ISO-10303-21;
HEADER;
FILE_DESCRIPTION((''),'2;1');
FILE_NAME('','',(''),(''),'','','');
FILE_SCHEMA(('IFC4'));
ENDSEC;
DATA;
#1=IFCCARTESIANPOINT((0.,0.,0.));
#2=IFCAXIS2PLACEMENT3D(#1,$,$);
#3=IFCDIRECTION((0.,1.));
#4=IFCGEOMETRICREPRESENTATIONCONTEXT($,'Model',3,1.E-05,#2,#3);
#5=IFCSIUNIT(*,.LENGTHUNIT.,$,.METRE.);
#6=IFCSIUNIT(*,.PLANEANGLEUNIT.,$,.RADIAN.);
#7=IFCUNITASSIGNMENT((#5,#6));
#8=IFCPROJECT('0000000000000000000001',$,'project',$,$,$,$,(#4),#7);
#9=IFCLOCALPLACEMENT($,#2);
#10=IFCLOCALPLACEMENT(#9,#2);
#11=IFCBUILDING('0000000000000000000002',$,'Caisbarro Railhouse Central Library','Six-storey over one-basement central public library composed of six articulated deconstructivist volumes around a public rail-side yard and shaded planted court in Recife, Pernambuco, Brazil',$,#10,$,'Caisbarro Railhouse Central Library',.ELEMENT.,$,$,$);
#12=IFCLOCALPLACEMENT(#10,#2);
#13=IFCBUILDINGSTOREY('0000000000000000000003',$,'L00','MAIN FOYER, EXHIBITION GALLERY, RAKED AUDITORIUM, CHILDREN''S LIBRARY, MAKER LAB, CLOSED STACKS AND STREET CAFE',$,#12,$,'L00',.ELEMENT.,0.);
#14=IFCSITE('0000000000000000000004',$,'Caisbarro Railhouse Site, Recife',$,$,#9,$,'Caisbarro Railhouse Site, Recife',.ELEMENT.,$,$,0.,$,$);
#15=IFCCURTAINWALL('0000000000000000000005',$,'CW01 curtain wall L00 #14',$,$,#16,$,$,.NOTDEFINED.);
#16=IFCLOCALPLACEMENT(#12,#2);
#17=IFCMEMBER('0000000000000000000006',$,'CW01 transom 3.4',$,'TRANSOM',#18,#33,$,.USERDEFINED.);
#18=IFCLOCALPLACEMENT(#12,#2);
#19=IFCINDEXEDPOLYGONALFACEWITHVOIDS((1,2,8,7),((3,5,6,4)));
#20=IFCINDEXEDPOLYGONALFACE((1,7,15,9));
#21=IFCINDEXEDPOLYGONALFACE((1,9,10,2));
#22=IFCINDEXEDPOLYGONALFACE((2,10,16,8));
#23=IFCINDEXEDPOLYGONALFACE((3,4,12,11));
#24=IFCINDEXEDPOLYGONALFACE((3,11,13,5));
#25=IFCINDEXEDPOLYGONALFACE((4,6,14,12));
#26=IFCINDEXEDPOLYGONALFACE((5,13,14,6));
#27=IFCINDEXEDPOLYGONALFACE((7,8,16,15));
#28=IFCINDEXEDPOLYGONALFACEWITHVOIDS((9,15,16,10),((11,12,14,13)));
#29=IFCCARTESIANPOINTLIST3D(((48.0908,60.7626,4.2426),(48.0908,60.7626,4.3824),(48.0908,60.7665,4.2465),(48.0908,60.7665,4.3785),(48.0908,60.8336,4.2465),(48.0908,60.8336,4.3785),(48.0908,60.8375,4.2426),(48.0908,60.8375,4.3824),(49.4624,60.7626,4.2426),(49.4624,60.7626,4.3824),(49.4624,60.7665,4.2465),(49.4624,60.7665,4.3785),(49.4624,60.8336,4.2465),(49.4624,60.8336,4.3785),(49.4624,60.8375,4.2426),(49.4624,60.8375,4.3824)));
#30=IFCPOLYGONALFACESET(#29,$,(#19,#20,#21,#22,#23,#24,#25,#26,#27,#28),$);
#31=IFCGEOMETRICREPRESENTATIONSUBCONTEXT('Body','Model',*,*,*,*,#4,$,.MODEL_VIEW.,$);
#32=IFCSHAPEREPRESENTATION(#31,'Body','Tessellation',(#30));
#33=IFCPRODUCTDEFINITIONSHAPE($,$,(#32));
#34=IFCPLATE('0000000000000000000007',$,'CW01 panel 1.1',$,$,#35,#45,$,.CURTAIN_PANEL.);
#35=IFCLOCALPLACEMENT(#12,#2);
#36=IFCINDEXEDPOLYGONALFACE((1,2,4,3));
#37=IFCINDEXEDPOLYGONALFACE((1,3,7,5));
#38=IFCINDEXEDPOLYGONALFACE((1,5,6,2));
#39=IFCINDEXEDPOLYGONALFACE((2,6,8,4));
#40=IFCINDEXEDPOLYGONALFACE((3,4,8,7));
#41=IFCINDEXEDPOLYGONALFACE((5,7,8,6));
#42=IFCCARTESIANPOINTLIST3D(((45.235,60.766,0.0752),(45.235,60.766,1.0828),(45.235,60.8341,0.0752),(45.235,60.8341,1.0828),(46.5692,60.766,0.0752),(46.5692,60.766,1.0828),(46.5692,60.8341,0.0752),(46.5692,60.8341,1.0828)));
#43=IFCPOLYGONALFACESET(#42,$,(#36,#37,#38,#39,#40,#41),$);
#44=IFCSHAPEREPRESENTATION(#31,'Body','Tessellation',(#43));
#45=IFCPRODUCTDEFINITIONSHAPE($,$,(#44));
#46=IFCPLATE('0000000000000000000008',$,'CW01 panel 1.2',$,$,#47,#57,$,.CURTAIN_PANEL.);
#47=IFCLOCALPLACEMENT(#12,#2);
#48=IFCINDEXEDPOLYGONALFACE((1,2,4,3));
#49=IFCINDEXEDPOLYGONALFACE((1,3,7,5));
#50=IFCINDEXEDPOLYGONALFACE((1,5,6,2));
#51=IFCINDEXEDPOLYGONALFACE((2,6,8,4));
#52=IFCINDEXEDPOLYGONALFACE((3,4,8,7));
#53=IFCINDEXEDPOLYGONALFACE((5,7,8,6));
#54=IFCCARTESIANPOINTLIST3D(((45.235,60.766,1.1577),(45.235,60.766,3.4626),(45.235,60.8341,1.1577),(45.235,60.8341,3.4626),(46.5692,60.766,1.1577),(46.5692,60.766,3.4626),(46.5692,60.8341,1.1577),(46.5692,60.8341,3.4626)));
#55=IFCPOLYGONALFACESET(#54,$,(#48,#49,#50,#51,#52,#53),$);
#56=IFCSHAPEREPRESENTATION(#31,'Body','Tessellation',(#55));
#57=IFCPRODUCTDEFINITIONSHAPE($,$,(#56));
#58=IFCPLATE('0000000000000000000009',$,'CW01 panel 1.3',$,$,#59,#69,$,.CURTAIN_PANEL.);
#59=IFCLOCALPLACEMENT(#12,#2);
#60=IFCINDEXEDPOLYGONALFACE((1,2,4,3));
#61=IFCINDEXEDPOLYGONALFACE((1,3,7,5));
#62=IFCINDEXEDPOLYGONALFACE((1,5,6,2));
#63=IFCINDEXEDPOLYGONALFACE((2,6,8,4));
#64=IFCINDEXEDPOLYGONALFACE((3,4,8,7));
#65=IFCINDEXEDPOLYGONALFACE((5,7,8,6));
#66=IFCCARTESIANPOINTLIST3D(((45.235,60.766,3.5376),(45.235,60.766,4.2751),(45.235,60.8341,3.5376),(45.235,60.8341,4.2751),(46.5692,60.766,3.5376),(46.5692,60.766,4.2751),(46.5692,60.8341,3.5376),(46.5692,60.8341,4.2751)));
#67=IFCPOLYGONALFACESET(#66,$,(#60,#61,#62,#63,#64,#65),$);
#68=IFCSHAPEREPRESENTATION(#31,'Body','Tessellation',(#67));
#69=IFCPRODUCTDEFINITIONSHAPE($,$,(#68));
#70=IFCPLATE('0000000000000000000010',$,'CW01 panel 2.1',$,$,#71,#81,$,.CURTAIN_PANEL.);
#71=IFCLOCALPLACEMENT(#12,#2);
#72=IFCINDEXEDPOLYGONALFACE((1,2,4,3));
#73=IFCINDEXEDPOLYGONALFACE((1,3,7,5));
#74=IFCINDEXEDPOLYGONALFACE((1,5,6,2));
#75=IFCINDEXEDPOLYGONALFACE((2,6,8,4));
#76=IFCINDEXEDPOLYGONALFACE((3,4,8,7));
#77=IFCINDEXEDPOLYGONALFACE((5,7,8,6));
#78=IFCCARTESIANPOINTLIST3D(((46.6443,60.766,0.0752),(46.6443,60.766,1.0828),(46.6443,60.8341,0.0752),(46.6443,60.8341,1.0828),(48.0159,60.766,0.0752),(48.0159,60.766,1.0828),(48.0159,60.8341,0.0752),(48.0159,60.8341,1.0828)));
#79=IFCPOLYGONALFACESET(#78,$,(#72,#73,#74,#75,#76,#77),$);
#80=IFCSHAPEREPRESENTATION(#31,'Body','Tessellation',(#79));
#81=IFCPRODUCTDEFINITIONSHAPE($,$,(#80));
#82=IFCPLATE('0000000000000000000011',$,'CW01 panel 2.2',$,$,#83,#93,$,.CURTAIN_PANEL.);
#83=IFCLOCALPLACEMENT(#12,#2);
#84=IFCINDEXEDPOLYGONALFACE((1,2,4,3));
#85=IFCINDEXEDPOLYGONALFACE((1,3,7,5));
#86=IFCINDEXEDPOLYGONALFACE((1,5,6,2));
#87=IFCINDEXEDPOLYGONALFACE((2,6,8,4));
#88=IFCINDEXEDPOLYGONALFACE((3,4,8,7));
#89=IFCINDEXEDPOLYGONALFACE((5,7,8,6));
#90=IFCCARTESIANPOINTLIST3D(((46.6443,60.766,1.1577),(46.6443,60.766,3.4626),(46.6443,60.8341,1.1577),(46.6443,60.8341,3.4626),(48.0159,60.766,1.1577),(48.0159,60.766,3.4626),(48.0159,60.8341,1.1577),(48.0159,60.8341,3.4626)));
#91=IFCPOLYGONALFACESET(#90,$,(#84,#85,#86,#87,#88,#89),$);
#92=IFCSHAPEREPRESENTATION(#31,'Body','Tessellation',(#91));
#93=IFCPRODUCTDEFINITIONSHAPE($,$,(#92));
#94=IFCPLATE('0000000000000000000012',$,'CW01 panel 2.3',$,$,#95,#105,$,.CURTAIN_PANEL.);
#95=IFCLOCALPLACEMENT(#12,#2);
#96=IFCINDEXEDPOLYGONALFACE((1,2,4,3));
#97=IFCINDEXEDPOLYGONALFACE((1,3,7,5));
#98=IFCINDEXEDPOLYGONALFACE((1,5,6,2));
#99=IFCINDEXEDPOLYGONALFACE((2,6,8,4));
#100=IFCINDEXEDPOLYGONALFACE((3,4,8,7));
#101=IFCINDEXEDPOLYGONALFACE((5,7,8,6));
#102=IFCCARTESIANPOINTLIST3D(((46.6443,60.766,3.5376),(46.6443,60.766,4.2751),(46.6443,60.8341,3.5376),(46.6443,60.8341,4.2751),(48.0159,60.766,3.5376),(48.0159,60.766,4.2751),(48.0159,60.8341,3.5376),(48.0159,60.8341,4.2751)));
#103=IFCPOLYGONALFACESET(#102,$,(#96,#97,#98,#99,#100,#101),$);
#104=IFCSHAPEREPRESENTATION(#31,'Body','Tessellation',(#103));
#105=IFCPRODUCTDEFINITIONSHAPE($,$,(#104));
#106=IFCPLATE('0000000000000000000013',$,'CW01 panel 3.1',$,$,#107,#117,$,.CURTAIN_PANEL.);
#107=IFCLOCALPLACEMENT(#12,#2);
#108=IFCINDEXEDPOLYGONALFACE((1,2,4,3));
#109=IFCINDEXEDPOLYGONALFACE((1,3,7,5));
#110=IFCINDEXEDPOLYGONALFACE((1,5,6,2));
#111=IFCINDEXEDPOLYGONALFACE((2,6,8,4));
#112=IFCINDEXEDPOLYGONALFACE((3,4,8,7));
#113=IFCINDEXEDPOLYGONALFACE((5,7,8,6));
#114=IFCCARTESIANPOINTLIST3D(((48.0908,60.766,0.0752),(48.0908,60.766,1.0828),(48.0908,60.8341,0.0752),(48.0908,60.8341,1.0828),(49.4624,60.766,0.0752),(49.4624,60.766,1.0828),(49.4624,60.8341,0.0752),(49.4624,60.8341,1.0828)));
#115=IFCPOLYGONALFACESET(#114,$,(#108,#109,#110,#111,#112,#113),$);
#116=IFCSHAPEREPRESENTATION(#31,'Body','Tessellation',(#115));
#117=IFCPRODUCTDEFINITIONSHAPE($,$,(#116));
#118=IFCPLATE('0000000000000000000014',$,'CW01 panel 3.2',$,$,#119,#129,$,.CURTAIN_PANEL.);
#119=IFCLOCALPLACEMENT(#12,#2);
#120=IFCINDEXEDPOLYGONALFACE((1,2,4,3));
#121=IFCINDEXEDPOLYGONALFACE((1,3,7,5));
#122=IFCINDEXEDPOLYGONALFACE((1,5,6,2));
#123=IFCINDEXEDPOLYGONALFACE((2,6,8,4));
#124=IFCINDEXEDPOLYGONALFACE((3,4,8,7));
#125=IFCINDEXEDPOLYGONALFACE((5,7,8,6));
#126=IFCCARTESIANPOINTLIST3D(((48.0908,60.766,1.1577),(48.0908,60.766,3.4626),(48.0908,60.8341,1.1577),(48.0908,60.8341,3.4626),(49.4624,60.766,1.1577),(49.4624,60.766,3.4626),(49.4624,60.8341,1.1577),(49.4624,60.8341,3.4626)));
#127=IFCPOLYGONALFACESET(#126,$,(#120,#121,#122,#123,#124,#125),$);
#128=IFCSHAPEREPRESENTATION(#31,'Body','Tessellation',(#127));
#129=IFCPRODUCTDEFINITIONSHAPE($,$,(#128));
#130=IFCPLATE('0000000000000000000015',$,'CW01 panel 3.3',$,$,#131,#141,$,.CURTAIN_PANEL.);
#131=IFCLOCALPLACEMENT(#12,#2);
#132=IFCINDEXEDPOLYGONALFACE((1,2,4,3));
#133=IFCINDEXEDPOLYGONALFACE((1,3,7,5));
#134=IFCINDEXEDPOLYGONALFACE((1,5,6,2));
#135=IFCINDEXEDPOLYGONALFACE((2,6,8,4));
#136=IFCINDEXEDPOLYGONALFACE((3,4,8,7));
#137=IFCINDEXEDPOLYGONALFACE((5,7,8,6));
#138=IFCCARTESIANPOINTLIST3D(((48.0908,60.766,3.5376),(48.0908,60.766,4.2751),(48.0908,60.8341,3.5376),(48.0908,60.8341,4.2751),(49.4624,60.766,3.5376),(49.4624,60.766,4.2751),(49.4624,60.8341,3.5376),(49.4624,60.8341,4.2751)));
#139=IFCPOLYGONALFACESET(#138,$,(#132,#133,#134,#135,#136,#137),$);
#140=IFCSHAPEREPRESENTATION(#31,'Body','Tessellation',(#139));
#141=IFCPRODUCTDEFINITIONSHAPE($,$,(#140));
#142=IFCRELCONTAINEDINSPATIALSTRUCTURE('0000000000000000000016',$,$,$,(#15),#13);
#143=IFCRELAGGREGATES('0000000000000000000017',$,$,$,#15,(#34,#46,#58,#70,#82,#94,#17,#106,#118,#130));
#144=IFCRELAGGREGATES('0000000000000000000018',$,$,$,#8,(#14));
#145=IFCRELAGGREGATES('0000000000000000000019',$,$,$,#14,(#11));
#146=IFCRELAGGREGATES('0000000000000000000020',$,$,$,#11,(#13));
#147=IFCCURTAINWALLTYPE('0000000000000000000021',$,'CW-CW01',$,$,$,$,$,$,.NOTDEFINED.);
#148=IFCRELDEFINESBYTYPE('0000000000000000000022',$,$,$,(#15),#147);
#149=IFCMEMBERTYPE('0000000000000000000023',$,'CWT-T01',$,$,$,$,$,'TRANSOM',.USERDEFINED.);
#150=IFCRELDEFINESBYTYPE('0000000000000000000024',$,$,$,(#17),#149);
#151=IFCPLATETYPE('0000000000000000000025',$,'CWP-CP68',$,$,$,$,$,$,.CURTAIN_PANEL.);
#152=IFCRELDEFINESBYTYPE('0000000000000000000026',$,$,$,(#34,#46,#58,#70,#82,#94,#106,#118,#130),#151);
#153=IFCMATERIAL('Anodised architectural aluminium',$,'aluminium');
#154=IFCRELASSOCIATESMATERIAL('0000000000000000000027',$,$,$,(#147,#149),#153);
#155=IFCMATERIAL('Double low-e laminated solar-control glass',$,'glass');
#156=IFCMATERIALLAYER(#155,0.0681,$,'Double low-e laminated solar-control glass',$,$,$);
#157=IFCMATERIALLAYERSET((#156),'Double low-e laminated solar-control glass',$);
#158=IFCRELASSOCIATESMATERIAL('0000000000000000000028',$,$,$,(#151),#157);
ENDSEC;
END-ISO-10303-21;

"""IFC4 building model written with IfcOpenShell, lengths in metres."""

from ifc_helpers import new_model, si_unit, direction, frame, origin, origin_2d, place, context, subcontext, project, spatial, rectangle, hollow_rectangle, extrude, material, layer, layer_set, material_profile, profile_set, type_object, element, aggregate, save


model = new_model("IFC4")

# Units and contexts
model_context = context("Model", 3, precision=1e-05, world=origin(), true_north=direction((0.0, 1.0)))
body_context = subcontext(model_context, "Body", "Model", "MODEL_VIEW")
ifc_project = project(units=[si_unit("LENGTHUNIT", "METRE"), si_unit("PLANEANGLEUNIT", "RADIAN")], contexts=[model_context])

# Site, building, storey
site_placement = place(None, origin())
site = spatial("IfcSite", under=ifc_project, at=site_placement, Name="Caisbarro Railhouse Site, Recife", LongName="Caisbarro Railhouse Site, Recife", CompositionType="ELEMENT", RefElevation=0.0)
building_placement = place(site_placement, origin())
building = spatial("IfcBuilding", under=site, at=building_placement, Name="Caisbarro Railhouse Central Library", Description="Six-storey over one-basement central public library composed of six articulated deconstructivist volumes around a public rail-side yard and shaded planted court in Recife, Pernambuco, Brazil", LongName="Caisbarro Railhouse Central Library", CompositionType="ELEMENT")
storey_placement = place(building_placement, origin())
storey = spatial("IfcBuildingStorey", under=building, at=storey_placement, Name="L00", Description="MAIN FOYER, EXHIBITION GALLERY, RAKED AUDITORIUM, CHILDREN'S LIBRARY, MAKER LAB, CLOSED STACKS AND STREET CAFE", LongName="L00", CompositionType="ELEMENT", Elevation=0.0)

# Curtain wall, member, plates
ifc_material_1 = material(Name="Anodised architectural aluminium", Category="aluminium")
curtain_wall_type = type_object("IfcCurtainWallType", Name="CW-CW01", PredefinedType="NOTDEFINED", material=ifc_material_1)
curtain_wall_placement = place(storey_placement, origin())
curtain_wall = element("IfcCurtainWall", 1, at=curtain_wall_placement, inside=storey, type_object=curtain_wall_type, Name="CW01 curtain wall L00 #14", PredefinedType="NOTDEFINED")
ifc_material_profile_1 = material_profile(ifc_material_1, hollow_rectangle(XDim=0.075, YDim=0.1399, WallThickness=0.0039, at=origin_2d()), Name="ALU-TRN-75X140")
ifc_profile_set_1 = profile_set([ifc_material_profile_1], Name="Anodised architectural aluminium")
member_type_1 = type_object("IfcMemberType", Name="CWT-T01", ElementType="TRANSOM", PredefinedType="USERDEFINED", material=ifc_profile_set_1)
member_1_placement = place(storey_placement, frame((48.0908, 60.8, 4.3125), z_axis=(1.0, 0.0, 0.0), x_axis=(0.0, 1.0, 0.0)))
member_1 = element("IfcMember", 2, at=member_1_placement, type_object=member_type_1, Name="CW01 transom 3.4", ObjectType="TRANSOM", PredefinedType="USERDEFINED", context=body_context, shape_type="SweptSolid", body=[
    extrude(hollow_rectangle(XDim=0.075, YDim=0.1399, WallThickness=0.0039, at=origin_2d()), origin(), (0.0, 0.0, 1.0), 1.3716),
])
ifc_material_2 = material(Name="Double low-e laminated solar-control glass", Category="glass")
ifc_layer = layer(ifc_material_2, 0.0681, Name="Double low-e laminated solar-control glass")
ifc_layer_set = layer_set([ifc_layer], Name="Double low-e laminated solar-control glass")
plate_type = type_object("IfcPlateType", Name="CWP-CP68", PredefinedType="CURTAIN_PANEL", material=ifc_layer_set)
plate_1_placement = place(storey_placement, frame((45.9021, 60.8, 0.0752), z_axis=(0.0, 0.0, 1.0), x_axis=(1.0, 0.0, 0.0)))
plate_1 = element("IfcPlate", 3, at=plate_1_placement, type_object=plate_type, Name="CW01 panel 1.1", PredefinedType="CURTAIN_PANEL", context=body_context, shape_type="SweptSolid", body=[
    extrude(rectangle(XDim=1.3342, YDim=0.0681, at=origin_2d()), origin(), (0.0, 0.0, 1.0), 1.0076),
])
plate_2_placement = place(storey_placement, frame((45.9021, 60.8, 1.1577), z_axis=(0.0, 0.0, 1.0), x_axis=(1.0, 0.0, 0.0)))
plate_2 = element("IfcPlate", 4, at=plate_2_placement, type_object=plate_type, Name="CW01 panel 1.2", PredefinedType="CURTAIN_PANEL", context=body_context, shape_type="SweptSolid", body=[
    extrude(rectangle(XDim=1.3342, YDim=0.0681, at=origin_2d()), origin(), (0.0, 0.0, 1.0), 2.3049),
])
plate_3_placement = place(storey_placement, frame((45.9021, 60.8, 3.5376), z_axis=(0.0, 0.0, 1.0), x_axis=(1.0, 0.0, 0.0)))
plate_3 = element("IfcPlate", 5, at=plate_3_placement, type_object=plate_type, Name="CW01 panel 1.3", PredefinedType="CURTAIN_PANEL", context=body_context, shape_type="SweptSolid", body=[
    extrude(rectangle(XDim=1.3342, YDim=0.0681, at=origin_2d()), origin(), (0.0, 0.0, 1.0), 0.7375),
])
plate_4_placement = place(storey_placement, frame((47.3301, 60.8, 0.0752), z_axis=(0.0, 0.0, 1.0), x_axis=(1.0, 0.0, 0.0)))
plate_4 = element("IfcPlate", 6, at=plate_4_placement, type_object=plate_type, Name="CW01 panel 2.1", PredefinedType="CURTAIN_PANEL", context=body_context, shape_type="SweptSolid", body=[
    extrude(rectangle(XDim=1.3716, YDim=0.0681, at=origin_2d()), origin(), (0.0, 0.0, 1.0), 1.0076),
])
plate_5_placement = place(storey_placement, frame((47.3301, 60.8, 1.1577), z_axis=(0.0, 0.0, 1.0), x_axis=(1.0, 0.0, 0.0)))
plate_5 = element("IfcPlate", 7, at=plate_5_placement, type_object=plate_type, Name="CW01 panel 2.2", PredefinedType="CURTAIN_PANEL", context=body_context, shape_type="SweptSolid", body=[
    extrude(rectangle(XDim=1.3716, YDim=0.0681, at=origin_2d()), origin(), (0.0, 0.0, 1.0), 2.3049),
])
plate_6_placement = place(storey_placement, frame((47.3301, 60.8, 3.5376), z_axis=(0.0, 0.0, 1.0), x_axis=(1.0, 0.0, 0.0)))
plate_6 = element("IfcPlate", 8, at=plate_6_placement, type_object=plate_type, Name="CW01 panel 2.3", PredefinedType="CURTAIN_PANEL", context=body_context, shape_type="SweptSolid", body=[
    extrude(rectangle(XDim=1.3716, YDim=0.0681, at=origin_2d()), origin(), (0.0, 0.0, 1.0), 0.7375),
])
plate_7_placement = place(storey_placement, frame((48.7766, 60.8, 0.0752), z_axis=(0.0, 0.0, 1.0), x_axis=(1.0, 0.0, 0.0)))
plate_7 = element("IfcPlate", 9, at=plate_7_placement, type_object=plate_type, Name="CW01 panel 3.1", PredefinedType="CURTAIN_PANEL", context=body_context, shape_type="SweptSolid", body=[
    extrude(rectangle(XDim=1.3716, YDim=0.0681, at=origin_2d()), origin(), (0.0, 0.0, 1.0), 1.0076),
])
plate_8_placement = place(storey_placement, frame((48.7766, 60.8, 1.1577), z_axis=(0.0, 0.0, 1.0), x_axis=(1.0, 0.0, 0.0)))
plate_8 = element("IfcPlate", 10, at=plate_8_placement, type_object=plate_type, Name="CW01 panel 3.2", PredefinedType="CURTAIN_PANEL", context=body_context, shape_type="SweptSolid", body=[
    extrude(rectangle(XDim=1.3716, YDim=0.0681, at=origin_2d()), origin(), (0.0, 0.0, 1.0), 2.3049),
])
plate_9_placement = place(storey_placement, frame((48.7766, 60.8, 3.5376), z_axis=(0.0, 0.0, 1.0), x_axis=(1.0, 0.0, 0.0)))
plate_9 = element("IfcPlate", 11, at=plate_9_placement, type_object=plate_type, Name="CW01 panel 3.3", PredefinedType="CURTAIN_PANEL", context=body_context, shape_type="SweptSolid", body=[
    extrude(rectangle(XDim=1.3716, YDim=0.0681, at=origin_2d()), origin(), (0.0, 0.0, 1.0), 0.7375),
])
aggregate(curtain_wall, [plate_1, plate_2, plate_3, plate_4, plate_5, plate_6, member_1, plate_7, plate_8, plate_9])

save(model, "model.ifc")
